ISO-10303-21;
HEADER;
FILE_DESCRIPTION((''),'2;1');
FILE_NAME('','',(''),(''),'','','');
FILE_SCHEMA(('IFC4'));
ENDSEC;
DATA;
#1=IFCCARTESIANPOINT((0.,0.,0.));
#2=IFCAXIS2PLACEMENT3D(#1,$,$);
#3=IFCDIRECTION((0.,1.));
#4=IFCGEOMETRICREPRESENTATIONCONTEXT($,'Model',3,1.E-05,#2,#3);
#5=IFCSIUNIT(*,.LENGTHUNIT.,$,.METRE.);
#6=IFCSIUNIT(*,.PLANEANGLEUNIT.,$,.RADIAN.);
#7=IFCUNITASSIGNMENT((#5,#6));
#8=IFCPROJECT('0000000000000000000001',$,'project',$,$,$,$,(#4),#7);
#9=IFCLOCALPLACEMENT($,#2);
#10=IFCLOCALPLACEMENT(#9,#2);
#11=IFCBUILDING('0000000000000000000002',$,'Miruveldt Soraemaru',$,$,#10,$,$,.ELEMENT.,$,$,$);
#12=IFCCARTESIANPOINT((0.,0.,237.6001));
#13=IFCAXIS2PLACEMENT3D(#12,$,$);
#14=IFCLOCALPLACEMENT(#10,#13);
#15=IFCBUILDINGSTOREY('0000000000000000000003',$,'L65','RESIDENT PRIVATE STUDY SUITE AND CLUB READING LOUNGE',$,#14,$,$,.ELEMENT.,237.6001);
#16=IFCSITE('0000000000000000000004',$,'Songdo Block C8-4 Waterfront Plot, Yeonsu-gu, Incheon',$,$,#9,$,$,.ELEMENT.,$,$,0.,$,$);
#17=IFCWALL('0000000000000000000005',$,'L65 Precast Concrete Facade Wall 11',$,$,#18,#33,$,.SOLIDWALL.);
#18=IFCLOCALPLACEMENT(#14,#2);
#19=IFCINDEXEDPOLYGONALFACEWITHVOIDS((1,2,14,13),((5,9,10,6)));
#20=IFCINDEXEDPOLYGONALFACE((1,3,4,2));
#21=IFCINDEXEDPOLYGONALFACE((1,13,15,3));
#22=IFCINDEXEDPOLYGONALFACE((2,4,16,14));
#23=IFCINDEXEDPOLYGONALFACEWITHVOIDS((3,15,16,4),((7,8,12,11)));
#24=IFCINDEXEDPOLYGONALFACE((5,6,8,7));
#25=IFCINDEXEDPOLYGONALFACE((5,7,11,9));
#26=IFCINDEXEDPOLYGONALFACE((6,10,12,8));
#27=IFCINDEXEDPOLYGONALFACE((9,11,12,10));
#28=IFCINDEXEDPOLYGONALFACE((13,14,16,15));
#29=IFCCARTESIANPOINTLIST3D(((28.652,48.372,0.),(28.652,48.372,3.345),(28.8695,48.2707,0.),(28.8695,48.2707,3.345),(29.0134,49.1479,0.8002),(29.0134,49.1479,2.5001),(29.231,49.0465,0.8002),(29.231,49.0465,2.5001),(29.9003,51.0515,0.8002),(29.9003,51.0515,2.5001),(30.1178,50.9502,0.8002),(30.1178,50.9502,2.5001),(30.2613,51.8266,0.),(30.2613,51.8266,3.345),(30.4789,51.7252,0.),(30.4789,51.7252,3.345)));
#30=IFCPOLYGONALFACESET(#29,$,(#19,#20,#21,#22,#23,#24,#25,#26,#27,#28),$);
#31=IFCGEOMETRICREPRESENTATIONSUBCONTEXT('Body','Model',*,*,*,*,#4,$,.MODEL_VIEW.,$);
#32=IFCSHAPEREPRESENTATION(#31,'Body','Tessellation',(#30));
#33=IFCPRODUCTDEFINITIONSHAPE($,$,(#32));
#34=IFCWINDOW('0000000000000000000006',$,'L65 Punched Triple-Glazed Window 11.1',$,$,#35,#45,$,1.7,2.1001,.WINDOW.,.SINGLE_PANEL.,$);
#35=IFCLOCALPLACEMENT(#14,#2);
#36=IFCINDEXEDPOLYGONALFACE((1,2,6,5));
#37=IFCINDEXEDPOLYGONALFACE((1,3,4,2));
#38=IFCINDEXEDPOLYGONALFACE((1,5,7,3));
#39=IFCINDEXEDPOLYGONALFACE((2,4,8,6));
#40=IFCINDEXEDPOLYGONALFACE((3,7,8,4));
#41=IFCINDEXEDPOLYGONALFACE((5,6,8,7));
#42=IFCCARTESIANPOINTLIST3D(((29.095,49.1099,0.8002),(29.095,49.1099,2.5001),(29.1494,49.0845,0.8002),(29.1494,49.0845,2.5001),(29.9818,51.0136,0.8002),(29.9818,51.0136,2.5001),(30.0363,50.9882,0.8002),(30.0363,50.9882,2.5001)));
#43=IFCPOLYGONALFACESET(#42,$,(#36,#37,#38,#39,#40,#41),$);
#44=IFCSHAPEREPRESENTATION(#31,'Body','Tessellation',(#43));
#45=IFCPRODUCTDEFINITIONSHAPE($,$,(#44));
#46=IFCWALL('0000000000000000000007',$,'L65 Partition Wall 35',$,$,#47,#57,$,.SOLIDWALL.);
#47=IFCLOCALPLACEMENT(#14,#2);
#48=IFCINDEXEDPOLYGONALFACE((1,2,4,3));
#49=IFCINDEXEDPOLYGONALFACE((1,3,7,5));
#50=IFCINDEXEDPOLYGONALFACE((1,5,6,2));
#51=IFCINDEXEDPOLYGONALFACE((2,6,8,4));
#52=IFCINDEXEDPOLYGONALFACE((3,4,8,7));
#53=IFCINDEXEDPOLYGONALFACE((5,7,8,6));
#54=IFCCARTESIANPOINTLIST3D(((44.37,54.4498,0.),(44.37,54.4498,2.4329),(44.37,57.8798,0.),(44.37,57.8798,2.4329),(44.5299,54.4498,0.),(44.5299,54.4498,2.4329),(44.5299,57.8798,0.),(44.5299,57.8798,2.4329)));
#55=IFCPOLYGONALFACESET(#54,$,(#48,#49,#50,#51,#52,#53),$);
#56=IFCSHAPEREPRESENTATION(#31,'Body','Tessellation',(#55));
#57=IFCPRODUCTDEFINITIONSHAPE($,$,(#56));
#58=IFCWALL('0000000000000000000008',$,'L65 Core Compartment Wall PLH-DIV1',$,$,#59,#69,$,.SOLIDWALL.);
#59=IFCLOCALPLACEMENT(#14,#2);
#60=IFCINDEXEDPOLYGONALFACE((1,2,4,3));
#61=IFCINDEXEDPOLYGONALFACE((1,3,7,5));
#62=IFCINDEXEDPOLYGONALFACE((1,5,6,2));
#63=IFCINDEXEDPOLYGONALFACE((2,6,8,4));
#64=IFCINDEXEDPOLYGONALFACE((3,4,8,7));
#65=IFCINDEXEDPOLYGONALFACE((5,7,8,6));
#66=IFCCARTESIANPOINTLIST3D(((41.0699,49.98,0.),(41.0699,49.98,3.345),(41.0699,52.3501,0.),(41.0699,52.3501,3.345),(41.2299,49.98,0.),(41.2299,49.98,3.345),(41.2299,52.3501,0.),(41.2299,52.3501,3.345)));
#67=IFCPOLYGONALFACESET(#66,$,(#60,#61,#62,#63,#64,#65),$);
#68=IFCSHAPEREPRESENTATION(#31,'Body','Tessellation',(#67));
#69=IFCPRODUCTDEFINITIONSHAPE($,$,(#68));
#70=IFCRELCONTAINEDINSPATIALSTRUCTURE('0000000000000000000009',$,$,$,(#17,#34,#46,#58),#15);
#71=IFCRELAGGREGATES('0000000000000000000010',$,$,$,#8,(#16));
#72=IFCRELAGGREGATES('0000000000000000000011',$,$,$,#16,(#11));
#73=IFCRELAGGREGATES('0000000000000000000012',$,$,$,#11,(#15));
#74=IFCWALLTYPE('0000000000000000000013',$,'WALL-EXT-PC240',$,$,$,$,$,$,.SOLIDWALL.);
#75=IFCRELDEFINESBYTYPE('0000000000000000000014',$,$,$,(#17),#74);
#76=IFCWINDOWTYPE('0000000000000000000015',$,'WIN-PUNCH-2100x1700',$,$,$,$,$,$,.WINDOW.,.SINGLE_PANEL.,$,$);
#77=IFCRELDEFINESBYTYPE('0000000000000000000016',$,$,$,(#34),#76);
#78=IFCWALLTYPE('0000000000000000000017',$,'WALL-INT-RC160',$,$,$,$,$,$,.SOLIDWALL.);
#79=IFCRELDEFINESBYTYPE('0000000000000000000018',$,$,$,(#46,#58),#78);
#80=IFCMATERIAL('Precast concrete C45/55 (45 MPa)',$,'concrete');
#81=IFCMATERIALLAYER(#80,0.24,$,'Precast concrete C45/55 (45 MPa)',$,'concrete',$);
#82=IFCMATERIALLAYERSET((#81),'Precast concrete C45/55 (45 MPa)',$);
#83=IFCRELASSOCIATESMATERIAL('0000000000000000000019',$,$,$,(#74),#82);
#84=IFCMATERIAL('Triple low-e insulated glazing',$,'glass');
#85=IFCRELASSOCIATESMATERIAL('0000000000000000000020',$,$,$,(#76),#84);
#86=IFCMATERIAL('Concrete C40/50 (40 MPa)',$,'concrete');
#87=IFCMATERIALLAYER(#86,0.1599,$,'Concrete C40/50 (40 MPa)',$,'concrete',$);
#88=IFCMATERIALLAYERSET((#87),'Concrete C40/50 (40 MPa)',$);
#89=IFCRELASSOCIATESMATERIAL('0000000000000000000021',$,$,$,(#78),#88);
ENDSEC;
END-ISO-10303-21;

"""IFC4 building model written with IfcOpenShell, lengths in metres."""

from ifc_helpers import new_model, si_unit, direction, frame, frame_2d, origin, place, context, subcontext, project, spatial, rectangle, extrude, material, layer, layer_set, type_object, element, fill, save


model = new_model("IFC4")

# Units and contexts
model_context = context("Model", 3, precision=1e-05, world=origin(), true_north=direction((0.0, 1.0)))
body_context = subcontext(model_context, "Body", "Model", "MODEL_VIEW")
ifc_project = project(units=[si_unit("LENGTHUNIT", "METRE"), si_unit("PLANEANGLEUNIT", "RADIAN")], contexts=[model_context])

# Site, building, storey
site_placement = place(None, origin())
site = spatial("IfcSite", under=ifc_project, at=site_placement, Name="Songdo Block C8-4 Waterfront Plot, Yeonsu-gu, Incheon", CompositionType="ELEMENT", RefElevation=0.0)
building_placement = place(site_placement, origin())
building = spatial("IfcBuilding", under=site, at=building_placement, Name="Miruveldt Soraemaru", CompositionType="ELEMENT")
storey_placement = place(building_placement, frame((0.0, 0.0, 237.6001)))
storey = spatial("IfcBuildingStorey", under=building, at=storey_placement, Name="L65", Description="RESIDENT PRIVATE STUDY SUITE AND CLUB READING LOUNGE", CompositionType="ELEMENT", Elevation=237.6001)

# Shared definitions
ifc_material_1 = material(Name="Concrete C40/50 (40 MPa)", Category="concrete")

# Wall, opening, window
ifc_material_2 = material(Name="Precast concrete C45/55 (45 MPa)", Category="concrete")
ifc_layer_1 = layer(ifc_material_2, 0.24, Name="Precast concrete C45/55 (45 MPa)", Category="concrete")
ifc_layer_set_1 = layer_set([ifc_layer_1], Name="Precast concrete C45/55 (45 MPa)")
wall_type_1 = type_object("IfcWallType", Name="WALL-EXT-PC240", PredefinedType="SOLIDWALL", material=ifc_layer_set_1)
wall_1_placement = place(storey_placement, frame((30.3701, 51.7759, 0.0), z_axis=(0.0, 0.0, 1.0), x_axis=(-0.422289, -0.906461, 0.0)))
wall_1 = element("IfcWall", 1, at=wall_1_placement, inside=storey, type_object=wall_type_1, Name="L65 Precast Concrete Facade Wall 11", PredefinedType="SOLIDWALL", context=body_context, shape_type="SweptSolid", body=[
    extrude(rectangle(XDim=3.811, YDim=0.24, at=frame_2d((1.9055, 0.0))), origin(), (0.0, 0.0, 1.0), 3.345),
])
opening_1_placement = place(wall_1_placement, frame((0.855, 0.0, 0.8)))
opening_1 = element("IfcOpeningElement", 2, at=opening_1_placement, cuts=wall_1, PredefinedType="OPENING", context=body_context, shape_type="SweptSolid", body=[
    extrude(rectangle(XDim=2.1001, YDim=1.7, at=frame_2d((1.05, 0.8501))), frame((0.0, 0.1299, 0.0), z_axis=(0.0, -1.0, 0.0), x_axis=(1.0, 0.0, 0.0)), (0.0, 0.0, 1.0), 0.26),
])
ifc_material_3 = material(Name="Triple low-e insulated glazing", Category="glass")
window_type = type_object("IfcWindowType", Name="WIN-PUNCH-2100x1700", PartitioningType="SINGLE_PANEL", PredefinedType="WINDOW", material=ifc_material_3)
window_placement = place(opening_1_placement, origin())
window = element("IfcWindow", 3, at=window_placement, inside=storey, type_object=window_type, Name="L65 Punched Triple-Glazed Window 11.1", OverallHeight=1.7, OverallWidth=2.1001, PartitioningType="SINGLE_PANEL", PredefinedType="WINDOW", context=body_context, shape_type="SweptSolid", body=[
    extrude(rectangle(XDim=2.1001, YDim=1.7, at=frame_2d((1.05, 0.8501))), frame((0.0, 0.03, 0.0), z_axis=(0.0, -1.0, 0.0), x_axis=(1.0, 0.0, 0.0)), (0.0, 0.0, 1.0), 0.0601),
])
fill(opening_1, window)

# Walls
ifc_layer_2 = layer(ifc_material_1, 0.1599, Name="Concrete C40/50 (40 MPa)", Category="concrete")
ifc_layer_set_2 = layer_set([ifc_layer_2], Name="Concrete C40/50 (40 MPa)")
wall_type_2 = type_object("IfcWallType", Name="WALL-INT-RC160", PredefinedType="SOLIDWALL", material=ifc_layer_set_2)
wall_2_placement = place(storey_placement, frame((44.45, 54.45, 0.0), z_axis=(0.0, 0.0, 1.0), x_axis=(0.0, 1.0, 0.0)))
element("IfcWall", 4, at=wall_2_placement, inside=storey, type_object=wall_type_2, Name="L65 Partition Wall 35", PredefinedType="SOLIDWALL", context=body_context, shape_type="SweptSolid", body=[
    extrude(rectangle(XDim=3.4299, YDim=0.1599, at=frame_2d((1.7148, 0.0))), origin(), (0.0, 0.0, 1.0), 2.4329),
])
wall_3_placement = place(storey_placement, frame((41.1499, 49.98, 0.0), z_axis=(0.0, 0.0, 1.0), x_axis=(0.0, 1.0, 0.0)))
element("IfcWall", 5, at=wall_3_placement, inside=storey, type_object=wall_type_2, Name="L65 Core Compartment Wall PLH-DIV1", PredefinedType="SOLIDWALL", context=body_context, shape_type="SweptSolid", body=[
    extrude(rectangle(XDim=2.3701, YDim=0.1599, at=frame_2d((1.1851, 0.0))), origin(), (0.0, 0.0, 1.0), 3.345),
])

save(model, "model.ifc")
